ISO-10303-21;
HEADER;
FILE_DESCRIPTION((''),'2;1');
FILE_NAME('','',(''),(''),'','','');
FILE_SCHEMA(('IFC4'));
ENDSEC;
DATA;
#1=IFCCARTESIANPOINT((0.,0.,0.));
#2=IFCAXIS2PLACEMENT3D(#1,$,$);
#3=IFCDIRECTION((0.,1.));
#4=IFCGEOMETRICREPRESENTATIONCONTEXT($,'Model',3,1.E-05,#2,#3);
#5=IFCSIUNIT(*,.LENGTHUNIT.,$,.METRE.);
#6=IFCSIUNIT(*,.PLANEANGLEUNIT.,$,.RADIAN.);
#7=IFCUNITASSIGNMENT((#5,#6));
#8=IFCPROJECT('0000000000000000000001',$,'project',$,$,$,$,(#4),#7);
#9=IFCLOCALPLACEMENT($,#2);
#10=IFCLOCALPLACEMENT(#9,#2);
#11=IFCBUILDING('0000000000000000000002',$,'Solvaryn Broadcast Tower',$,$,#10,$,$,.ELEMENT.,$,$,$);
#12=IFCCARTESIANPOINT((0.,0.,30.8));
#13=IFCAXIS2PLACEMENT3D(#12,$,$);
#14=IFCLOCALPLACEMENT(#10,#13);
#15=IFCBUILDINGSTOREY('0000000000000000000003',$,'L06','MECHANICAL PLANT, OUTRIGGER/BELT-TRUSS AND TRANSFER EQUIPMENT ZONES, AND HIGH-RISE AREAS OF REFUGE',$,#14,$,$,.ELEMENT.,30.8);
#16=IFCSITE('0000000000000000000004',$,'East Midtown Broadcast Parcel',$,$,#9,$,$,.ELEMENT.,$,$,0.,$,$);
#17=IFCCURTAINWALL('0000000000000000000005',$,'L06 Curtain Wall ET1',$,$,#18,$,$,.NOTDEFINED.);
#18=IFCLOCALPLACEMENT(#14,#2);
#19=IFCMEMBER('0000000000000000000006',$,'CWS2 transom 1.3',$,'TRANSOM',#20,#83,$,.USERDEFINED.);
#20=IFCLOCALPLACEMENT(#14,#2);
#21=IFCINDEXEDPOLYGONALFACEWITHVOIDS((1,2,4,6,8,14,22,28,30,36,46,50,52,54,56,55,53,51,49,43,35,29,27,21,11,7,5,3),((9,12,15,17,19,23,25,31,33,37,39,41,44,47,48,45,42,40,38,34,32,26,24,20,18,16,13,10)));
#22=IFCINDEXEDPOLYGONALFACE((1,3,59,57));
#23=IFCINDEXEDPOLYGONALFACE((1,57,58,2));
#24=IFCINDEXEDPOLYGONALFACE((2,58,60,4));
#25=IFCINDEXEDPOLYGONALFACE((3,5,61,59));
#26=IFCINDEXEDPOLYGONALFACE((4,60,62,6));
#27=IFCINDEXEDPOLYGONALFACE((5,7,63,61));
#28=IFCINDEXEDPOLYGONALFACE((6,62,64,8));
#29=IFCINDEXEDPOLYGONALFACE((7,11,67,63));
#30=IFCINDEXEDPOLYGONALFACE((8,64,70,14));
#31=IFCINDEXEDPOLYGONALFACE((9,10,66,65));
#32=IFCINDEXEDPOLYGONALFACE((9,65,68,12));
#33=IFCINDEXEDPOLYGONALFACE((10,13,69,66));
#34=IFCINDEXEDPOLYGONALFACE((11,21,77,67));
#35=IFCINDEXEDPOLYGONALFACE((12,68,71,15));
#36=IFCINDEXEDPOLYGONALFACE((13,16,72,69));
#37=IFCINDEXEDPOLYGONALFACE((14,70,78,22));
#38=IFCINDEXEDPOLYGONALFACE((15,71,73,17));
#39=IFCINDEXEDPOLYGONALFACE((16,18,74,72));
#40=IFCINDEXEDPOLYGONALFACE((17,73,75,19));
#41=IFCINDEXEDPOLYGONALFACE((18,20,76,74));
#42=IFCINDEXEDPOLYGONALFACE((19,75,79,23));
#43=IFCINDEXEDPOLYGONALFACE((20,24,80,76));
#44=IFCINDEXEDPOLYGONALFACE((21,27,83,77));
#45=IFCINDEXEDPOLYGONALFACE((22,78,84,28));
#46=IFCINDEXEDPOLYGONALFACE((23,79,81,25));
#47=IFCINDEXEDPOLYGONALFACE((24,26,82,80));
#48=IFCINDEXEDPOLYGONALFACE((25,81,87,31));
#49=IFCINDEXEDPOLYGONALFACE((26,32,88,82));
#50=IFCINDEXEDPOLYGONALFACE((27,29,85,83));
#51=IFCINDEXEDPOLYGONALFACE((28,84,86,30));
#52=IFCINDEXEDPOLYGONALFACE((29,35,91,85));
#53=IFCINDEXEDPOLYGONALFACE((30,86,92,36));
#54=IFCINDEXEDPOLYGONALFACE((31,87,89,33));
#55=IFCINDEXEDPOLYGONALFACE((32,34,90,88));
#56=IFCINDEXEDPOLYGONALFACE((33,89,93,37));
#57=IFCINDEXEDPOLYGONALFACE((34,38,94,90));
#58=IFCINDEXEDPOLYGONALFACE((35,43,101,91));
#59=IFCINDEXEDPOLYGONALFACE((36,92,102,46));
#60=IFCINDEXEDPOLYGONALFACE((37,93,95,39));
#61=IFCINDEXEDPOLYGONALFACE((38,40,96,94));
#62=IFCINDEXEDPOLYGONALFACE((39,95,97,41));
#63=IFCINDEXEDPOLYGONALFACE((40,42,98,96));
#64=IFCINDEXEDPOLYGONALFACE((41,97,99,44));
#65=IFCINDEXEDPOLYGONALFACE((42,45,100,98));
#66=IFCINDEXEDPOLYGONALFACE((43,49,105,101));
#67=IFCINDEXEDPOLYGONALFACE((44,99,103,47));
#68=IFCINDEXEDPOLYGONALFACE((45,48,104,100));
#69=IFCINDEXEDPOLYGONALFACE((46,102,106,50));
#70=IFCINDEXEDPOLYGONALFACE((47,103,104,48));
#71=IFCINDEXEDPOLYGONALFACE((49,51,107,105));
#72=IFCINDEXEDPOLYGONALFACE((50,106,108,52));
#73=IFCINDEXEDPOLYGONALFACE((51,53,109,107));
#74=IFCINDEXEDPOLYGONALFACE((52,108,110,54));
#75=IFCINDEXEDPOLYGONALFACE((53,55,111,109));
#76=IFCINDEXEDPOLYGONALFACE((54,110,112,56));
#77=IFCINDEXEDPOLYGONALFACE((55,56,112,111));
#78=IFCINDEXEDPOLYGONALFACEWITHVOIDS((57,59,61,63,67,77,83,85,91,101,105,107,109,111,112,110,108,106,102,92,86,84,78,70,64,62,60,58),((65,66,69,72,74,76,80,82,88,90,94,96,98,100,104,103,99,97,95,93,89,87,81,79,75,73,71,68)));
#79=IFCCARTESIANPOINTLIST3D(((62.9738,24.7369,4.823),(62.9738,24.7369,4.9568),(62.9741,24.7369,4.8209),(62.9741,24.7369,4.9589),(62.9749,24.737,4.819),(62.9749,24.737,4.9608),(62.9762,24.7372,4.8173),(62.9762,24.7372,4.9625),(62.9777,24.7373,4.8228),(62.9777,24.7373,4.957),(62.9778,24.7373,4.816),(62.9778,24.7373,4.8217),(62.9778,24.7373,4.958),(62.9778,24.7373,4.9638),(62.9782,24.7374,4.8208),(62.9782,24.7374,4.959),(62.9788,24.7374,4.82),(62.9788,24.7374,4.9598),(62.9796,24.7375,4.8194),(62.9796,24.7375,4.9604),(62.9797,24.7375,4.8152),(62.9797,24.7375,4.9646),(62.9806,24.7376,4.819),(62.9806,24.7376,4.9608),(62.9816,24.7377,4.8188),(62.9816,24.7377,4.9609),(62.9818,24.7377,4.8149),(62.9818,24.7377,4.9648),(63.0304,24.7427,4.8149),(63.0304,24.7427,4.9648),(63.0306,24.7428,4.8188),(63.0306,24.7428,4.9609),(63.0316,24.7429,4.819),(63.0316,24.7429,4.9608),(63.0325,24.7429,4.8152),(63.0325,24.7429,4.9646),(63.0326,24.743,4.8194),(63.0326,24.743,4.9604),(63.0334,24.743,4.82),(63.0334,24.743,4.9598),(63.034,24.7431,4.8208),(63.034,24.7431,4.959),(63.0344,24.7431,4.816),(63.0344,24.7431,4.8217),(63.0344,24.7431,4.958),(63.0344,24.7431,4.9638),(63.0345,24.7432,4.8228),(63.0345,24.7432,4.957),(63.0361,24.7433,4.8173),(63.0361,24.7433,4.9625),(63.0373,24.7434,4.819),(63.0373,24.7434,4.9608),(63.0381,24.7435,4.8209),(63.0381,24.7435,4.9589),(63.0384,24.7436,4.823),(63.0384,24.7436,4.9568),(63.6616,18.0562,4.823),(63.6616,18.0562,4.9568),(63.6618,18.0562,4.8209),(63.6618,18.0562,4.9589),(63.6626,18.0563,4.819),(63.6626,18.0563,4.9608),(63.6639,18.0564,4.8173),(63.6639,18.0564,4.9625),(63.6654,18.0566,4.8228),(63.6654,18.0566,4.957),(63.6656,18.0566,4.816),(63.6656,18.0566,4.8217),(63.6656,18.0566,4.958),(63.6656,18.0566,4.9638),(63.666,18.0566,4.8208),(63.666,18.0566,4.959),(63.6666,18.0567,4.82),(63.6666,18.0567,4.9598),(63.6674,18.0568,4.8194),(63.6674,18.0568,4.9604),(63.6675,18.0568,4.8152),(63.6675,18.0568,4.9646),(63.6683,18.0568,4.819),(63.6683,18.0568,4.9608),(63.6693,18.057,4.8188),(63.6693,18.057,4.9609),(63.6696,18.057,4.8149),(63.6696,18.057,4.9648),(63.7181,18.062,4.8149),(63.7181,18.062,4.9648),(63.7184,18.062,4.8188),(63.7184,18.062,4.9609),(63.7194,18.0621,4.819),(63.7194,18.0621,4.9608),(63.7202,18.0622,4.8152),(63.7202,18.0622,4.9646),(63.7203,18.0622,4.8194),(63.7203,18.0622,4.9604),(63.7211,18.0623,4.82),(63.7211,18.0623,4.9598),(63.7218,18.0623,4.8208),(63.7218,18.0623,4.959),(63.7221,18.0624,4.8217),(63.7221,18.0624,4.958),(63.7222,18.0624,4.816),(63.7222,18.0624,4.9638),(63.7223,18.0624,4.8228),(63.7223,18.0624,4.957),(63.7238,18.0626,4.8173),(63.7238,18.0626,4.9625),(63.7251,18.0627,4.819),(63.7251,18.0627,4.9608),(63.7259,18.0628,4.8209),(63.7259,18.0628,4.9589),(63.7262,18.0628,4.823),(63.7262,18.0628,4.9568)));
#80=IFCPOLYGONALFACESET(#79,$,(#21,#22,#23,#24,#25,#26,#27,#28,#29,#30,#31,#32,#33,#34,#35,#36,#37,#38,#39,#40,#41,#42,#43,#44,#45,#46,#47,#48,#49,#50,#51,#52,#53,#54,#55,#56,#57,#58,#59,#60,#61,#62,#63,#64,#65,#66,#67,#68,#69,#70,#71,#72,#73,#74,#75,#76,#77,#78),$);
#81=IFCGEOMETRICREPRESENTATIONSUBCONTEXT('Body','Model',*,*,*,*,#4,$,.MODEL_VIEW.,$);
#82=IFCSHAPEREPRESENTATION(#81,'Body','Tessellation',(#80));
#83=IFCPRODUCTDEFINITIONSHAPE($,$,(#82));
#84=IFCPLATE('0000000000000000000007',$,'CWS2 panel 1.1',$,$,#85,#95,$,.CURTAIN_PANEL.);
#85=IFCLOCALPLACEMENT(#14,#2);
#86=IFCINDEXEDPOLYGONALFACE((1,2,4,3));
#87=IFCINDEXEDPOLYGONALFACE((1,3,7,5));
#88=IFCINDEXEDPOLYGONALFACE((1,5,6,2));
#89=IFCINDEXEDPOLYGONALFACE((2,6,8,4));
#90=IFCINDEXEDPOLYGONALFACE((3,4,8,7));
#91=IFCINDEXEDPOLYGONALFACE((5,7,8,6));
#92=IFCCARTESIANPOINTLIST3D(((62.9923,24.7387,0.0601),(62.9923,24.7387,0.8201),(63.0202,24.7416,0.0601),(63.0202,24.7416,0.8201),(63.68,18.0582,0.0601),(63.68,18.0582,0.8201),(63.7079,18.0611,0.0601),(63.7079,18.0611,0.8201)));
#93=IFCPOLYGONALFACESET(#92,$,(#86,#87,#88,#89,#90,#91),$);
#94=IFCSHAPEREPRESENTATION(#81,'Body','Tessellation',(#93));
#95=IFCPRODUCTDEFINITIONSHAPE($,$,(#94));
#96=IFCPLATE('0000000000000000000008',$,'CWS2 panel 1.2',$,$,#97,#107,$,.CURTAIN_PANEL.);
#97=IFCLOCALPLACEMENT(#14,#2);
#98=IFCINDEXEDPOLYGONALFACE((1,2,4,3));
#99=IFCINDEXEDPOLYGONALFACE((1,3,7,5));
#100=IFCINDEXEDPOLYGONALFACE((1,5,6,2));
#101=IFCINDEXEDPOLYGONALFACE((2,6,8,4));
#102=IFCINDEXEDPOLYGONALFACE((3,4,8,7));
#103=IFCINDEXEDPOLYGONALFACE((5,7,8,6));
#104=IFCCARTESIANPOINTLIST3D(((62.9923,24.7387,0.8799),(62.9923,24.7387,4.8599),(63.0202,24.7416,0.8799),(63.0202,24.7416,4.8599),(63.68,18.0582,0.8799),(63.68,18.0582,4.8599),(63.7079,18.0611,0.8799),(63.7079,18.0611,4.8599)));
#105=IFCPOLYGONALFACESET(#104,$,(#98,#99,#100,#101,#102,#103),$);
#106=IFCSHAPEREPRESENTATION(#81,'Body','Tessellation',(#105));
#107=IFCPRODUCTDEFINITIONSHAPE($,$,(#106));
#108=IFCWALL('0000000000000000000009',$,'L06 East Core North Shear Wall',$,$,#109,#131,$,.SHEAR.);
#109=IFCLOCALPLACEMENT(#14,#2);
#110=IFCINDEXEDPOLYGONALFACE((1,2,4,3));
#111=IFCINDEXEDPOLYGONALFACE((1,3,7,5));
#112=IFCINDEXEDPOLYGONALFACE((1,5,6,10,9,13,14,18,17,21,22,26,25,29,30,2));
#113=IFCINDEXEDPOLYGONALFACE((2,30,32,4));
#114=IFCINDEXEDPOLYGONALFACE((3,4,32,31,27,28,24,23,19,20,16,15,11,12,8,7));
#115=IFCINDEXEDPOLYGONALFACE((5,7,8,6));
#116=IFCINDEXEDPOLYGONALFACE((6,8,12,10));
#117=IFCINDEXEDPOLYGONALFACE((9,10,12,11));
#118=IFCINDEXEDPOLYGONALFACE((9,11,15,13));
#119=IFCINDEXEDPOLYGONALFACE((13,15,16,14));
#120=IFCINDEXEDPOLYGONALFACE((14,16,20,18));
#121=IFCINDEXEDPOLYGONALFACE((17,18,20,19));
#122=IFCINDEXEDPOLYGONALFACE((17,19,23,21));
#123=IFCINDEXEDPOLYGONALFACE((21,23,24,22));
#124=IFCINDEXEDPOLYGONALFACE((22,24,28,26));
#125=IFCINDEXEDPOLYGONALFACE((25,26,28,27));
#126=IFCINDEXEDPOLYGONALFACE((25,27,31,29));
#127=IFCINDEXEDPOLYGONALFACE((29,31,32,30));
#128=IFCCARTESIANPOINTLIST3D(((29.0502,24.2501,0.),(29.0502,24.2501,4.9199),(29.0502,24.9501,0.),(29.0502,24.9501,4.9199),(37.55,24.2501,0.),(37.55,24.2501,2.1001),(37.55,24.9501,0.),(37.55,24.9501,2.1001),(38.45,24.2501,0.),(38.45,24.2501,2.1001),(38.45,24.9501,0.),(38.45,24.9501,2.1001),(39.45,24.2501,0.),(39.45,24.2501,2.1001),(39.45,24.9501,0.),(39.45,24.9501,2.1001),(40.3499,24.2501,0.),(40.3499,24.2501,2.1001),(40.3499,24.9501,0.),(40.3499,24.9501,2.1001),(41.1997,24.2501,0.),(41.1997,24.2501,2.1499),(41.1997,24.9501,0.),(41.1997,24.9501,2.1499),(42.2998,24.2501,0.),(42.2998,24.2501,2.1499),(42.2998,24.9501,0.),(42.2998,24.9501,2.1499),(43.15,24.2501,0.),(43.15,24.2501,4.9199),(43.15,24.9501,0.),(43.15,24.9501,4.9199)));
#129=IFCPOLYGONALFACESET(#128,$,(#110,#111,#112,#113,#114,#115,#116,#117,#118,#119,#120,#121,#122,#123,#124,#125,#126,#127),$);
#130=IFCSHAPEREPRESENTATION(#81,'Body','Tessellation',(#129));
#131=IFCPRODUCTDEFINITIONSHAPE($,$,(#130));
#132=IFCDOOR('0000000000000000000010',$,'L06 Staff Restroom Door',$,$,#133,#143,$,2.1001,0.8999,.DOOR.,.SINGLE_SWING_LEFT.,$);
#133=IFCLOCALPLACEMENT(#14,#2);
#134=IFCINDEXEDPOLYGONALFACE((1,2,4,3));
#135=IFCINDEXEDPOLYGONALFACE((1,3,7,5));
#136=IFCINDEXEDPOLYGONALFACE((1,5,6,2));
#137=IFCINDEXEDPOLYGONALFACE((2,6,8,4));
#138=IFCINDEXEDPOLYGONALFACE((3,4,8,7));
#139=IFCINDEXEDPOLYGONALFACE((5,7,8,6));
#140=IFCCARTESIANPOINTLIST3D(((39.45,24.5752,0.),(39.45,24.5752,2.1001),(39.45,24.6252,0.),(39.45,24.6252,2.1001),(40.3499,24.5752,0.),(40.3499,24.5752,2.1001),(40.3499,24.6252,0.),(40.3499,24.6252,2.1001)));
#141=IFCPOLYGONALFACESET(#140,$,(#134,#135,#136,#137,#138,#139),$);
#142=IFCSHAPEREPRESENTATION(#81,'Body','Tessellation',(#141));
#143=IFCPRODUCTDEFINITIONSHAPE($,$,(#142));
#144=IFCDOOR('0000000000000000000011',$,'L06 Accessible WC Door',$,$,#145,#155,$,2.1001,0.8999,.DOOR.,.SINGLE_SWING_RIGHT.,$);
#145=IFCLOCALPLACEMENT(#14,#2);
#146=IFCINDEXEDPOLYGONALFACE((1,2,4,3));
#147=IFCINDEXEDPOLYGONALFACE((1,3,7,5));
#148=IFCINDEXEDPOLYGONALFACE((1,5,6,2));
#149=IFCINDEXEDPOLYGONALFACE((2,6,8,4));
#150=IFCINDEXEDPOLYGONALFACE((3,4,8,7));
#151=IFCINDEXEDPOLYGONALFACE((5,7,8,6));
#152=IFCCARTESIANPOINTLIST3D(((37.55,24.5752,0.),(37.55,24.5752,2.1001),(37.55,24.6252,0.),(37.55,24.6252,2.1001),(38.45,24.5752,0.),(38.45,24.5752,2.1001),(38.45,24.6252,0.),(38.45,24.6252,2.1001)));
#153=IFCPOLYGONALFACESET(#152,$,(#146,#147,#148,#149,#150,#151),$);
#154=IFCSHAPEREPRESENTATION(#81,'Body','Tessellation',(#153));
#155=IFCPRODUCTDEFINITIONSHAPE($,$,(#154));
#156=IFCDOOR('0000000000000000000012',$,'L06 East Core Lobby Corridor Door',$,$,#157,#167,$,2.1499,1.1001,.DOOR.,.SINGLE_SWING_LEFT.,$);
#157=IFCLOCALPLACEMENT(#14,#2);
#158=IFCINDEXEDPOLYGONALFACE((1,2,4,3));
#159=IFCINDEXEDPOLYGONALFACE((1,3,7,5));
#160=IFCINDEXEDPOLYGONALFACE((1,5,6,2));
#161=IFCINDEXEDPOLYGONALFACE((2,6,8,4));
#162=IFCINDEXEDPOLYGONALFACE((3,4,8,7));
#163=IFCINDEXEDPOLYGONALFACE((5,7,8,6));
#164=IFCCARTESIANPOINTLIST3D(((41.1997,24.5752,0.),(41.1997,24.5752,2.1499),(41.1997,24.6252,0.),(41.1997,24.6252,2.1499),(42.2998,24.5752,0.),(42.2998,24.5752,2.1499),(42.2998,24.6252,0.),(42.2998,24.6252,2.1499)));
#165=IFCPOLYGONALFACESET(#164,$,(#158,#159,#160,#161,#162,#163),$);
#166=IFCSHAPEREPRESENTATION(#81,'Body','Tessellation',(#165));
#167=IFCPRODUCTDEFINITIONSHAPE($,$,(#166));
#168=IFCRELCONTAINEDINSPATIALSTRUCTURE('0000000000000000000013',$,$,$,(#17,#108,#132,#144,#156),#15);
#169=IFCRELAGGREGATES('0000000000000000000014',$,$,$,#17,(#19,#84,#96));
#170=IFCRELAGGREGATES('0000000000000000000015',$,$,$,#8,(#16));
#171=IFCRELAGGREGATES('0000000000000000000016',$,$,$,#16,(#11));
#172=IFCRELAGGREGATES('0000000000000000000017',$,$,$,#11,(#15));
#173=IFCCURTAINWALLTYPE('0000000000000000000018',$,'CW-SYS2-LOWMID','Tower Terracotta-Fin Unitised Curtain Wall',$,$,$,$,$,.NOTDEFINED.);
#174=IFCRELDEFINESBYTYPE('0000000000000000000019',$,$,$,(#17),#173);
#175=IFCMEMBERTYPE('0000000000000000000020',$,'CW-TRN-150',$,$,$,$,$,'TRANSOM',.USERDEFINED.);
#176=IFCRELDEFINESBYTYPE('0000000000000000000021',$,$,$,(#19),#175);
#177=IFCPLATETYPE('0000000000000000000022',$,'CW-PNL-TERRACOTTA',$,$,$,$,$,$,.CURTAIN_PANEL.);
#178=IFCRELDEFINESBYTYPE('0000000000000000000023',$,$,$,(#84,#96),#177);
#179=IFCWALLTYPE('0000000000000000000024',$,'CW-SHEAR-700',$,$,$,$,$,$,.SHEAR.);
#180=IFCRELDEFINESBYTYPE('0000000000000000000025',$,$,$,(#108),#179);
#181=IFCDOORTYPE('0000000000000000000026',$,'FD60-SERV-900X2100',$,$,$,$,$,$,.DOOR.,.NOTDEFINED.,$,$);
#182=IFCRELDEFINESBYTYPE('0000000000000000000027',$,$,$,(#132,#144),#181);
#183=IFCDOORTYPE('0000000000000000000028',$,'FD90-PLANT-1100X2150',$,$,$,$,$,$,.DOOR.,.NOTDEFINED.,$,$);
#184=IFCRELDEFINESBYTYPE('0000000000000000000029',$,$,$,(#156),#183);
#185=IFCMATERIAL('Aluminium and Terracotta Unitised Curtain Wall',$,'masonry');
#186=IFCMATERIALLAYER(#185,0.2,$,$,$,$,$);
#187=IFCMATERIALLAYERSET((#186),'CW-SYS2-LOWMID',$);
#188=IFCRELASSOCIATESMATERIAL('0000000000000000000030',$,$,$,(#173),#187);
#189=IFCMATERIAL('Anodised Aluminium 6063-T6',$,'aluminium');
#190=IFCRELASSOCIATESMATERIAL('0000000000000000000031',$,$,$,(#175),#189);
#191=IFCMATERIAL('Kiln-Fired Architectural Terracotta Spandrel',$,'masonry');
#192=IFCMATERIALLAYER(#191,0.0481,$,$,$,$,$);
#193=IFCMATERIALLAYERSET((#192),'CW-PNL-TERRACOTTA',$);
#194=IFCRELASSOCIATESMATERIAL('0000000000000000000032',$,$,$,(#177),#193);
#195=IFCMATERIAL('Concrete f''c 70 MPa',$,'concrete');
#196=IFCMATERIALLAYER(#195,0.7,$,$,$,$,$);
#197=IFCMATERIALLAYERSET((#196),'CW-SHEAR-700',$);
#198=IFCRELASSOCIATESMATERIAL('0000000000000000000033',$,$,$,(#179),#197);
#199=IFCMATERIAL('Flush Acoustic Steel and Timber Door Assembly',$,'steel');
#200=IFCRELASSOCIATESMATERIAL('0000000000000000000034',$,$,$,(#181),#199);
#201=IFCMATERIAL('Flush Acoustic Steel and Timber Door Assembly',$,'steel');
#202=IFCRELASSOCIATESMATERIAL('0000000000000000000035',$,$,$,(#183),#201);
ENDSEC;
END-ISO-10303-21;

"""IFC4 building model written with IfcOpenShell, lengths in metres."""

from ifc_helpers import new_model, si_unit, direction, frame, frame_2d, origin, origin_2d, place, context, subcontext, project, spatial, rectangle, hollow_rectangle, extrude, material, layer, layer_set, material_profile, profile_set, type_object, element, fill, aggregate, save


model = new_model("IFC4")

# Units and contexts
model_context = context("Model", 3, precision=1e-05, world=origin(), true_north=direction((0.0, 1.0)))
body_context = subcontext(model_context, "Body", "Model", "MODEL_VIEW")
ifc_project = project(units=[si_unit("LENGTHUNIT", "METRE"), si_unit("PLANEANGLEUNIT", "RADIAN")], contexts=[model_context])

# Site, building, storey
site_placement = place(None, origin())
site = spatial("IfcSite", under=ifc_project, at=site_placement, Name="East Midtown Broadcast Parcel", CompositionType="ELEMENT", RefElevation=0.0)
building_placement = place(site_placement, origin())
building = spatial("IfcBuilding", under=site, at=building_placement, Name="Solvaryn Broadcast Tower", CompositionType="ELEMENT")
storey_placement = place(building_placement, frame((0.0, 0.0, 30.8)))
storey = spatial("IfcBuildingStorey", under=building, at=storey_placement, Name="L06", Description="MECHANICAL PLANT, OUTRIGGER/BELT-TRUSS AND TRANSFER EQUIPMENT ZONES, AND HIGH-RISE AREAS OF REFUGE", CompositionType="ELEMENT", Elevation=30.8)

# Curtain wall, member, plates
ifc_material_1 = material(Name="Aluminium and Terracotta Unitised Curtain Wall", Category="masonry")
ifc_layer_1 = layer(ifc_material_1, 0.2)
ifc_layer_set_1 = layer_set([ifc_layer_1], Name="CW-SYS2-LOWMID")
curtain_wall_type = type_object("IfcCurtainWallType", Name="CW-SYS2-LOWMID", Description="Tower Terracotta-Fin Unitised Curtain Wall", PredefinedType="NOTDEFINED", material=ifc_layer_set_1)
curtain_wall_placement = place(storey_placement, origin())
curtain_wall = element("IfcCurtainWall", 1, at=curtain_wall_placement, inside=storey, type_object=curtain_wall_type, Name="L06 Curtain Wall ET1", PredefinedType="NOTDEFINED")
ifc_material_2 = material(Name="Anodised Aluminium 6063-T6", Category="aluminium")
ifc_material_profile_1 = material_profile(ifc_material_2, hollow_rectangle(XDim=0.0649, YDim=0.1499, WallThickness=0.0039, InnerFilletRadius=0.0039, OuterFilletRadius=0.0081, at=origin_2d()))
ifc_profile_set_1 = profile_set([ifc_material_profile_1], Name="Anodised Aluminium 6063-T6")
member_type_1 = type_object("IfcMemberType", Name="CW-TRN-150", ElementType="TRANSOM", PredefinedType="USERDEFINED", material=ifc_profile_set_1)
member_1_placement = place(storey_placement, frame((63.0061, 24.7402, 4.8899), z_axis=(0.102404, -0.994743, 0.0), x_axis=(0.994743, 0.102404, 0.0)))
member_1 = element("IfcMember", 2, at=member_1_placement, type_object=member_type_1, Name="CWS2 transom 1.3", ObjectType="TRANSOM", PredefinedType="USERDEFINED", context=body_context, shape_type="SweptSolid", body=[
    extrude(hollow_rectangle(XDim=0.0649, YDim=0.1499, WallThickness=0.0039, InnerFilletRadius=0.0039, OuterFilletRadius=0.0081, at=origin_2d()), origin(), (0.0, 0.0, 1.0), 6.7161),
])
ifc_material_3 = material(Name="Kiln-Fired Architectural Terracotta Spandrel", Category="masonry")
ifc_layer_2 = layer(ifc_material_3, 0.0481)
ifc_layer_set_2 = layer_set([ifc_layer_2], Name="CW-PNL-TERRACOTTA")
plate_type = type_object("IfcPlateType", Name="CW-PNL-TERRACOTTA", PredefinedType="CURTAIN_PANEL", material=ifc_layer_set_2)
plate_1_placement = place(storey_placement, frame((63.3501, 21.3999, 0.0601), z_axis=(0.0, 0.0, 1.0), x_axis=(0.1024, -0.994743, 0.0)))
plate_1 = element("IfcPlate", 3, at=plate_1_placement, type_object=plate_type, Name="CWS2 panel 1.1", PredefinedType="CURTAIN_PANEL", context=body_context, shape_type="SweptSolid", body=[
    extrude(rectangle(XDim=6.7158, YDim=0.0281, at=origin_2d()), origin(), (0.0, 0.0, 1.0), 0.76),
])
plate_2_placement = place(storey_placement, frame((63.3501, 21.3999, 0.8799), z_axis=(0.0, 0.0, 1.0), x_axis=(0.1024, -0.994743, 0.0)))
plate_2 = element("IfcPlate", 4, at=plate_2_placement, type_object=plate_type, Name="CWS2 panel 1.2", PredefinedType="CURTAIN_PANEL", context=body_context, shape_type="SweptSolid", body=[
    extrude(rectangle(XDim=6.7158, YDim=0.0281, at=origin_2d()), origin(), (0.0, 0.0, 1.0), 3.98),
])
aggregate(curtain_wall, [member_1, plate_1, plate_2])

# Wall, openings, doors
ifc_material_4 = material(Name="Concrete f'c 70 MPa", Category="concrete")
ifc_layer_3 = layer(ifc_material_4, 0.7)
ifc_layer_set_3 = layer_set([ifc_layer_3], Name="CW-SHEAR-700")
wall_type_1 = type_object("IfcWallType", Name="CW-SHEAR-700", PredefinedType="SHEAR", material=ifc_layer_set_3)
wall_1_placement = place(storey_placement, frame((43.1499, 24.6001, 0.0), z_axis=(0.0, 0.0, 1.0), x_axis=(-1.0, 0.0, 0.0)))
wall_1 = element("IfcWall", 5, at=wall_1_placement, inside=storey, type_object=wall_type_1, Name="L06 East Core North Shear Wall", PredefinedType="SHEAR", context=body_context, shape_type="SweptSolid", body=[
    extrude(rectangle(XDim=14.0999, YDim=0.7, at=frame_2d((7.0498, 0.0))), origin(), (0.0, 0.0, 1.0), 4.9199),
])
opening_1_placement = place(wall_1_placement, frame((0.8501, 0.0, 0.0)))
opening_1 = element("IfcOpeningElement", 6, at=opening_1_placement, cuts=wall_1, PredefinedType="OPENING", context=body_context, shape_type="SweptSolid", body=[
    extrude(rectangle(XDim=1.1001, YDim=2.1499, at=frame_2d((0.55, 1.075))), frame((0.0, 0.3601, 0.0), z_axis=(0.0, -1.0, 0.0), x_axis=(1.0, 0.0, 0.0)), (0.0, 0.0, 1.0), 0.72),
])
opening_2_placement = place(wall_1_placement, frame((2.8, 0.0, 0.0)))
opening_2 = element("IfcOpeningElement", 7, at=opening_2_placement, cuts=wall_1, PredefinedType="OPENING", context=body_context, shape_type="SweptSolid", body=[
    extrude(rectangle(XDim=0.8999, YDim=2.1001, at=frame_2d((0.45, 1.05))), frame((0.0, 0.3601, 0.0), z_axis=(0.0, -1.0, 0.0), x_axis=(1.0, 0.0, 0.0)), (0.0, 0.0, 1.0), 0.72),
])
opening_3_placement = place(wall_1_placement, frame((4.7, 0.0, 0.0)))
opening_3 = element("IfcOpeningElement", 8, at=opening_3_placement, cuts=wall_1, PredefinedType="OPENING", context=body_context, shape_type="SweptSolid", body=[
    extrude(rectangle(XDim=0.8999, YDim=2.1001, at=frame_2d((0.45, 1.05))), frame((0.0, 0.3601, 0.0), z_axis=(0.0, -1.0, 0.0), x_axis=(1.0, 0.0, 0.0)), (0.0, 0.0, 1.0), 0.72),
])
ifc_material_5 = material(Name="Flush Acoustic Steel and Timber Door Assembly", Category="steel")
door_type_1 = type_object("IfcDoorType", Name="FD60-SERV-900X2100", OperationType="NOTDEFINED", PredefinedType="DOOR", material=ifc_material_5)
door_1_placement = place(opening_2_placement, origin())
door_1 = element("IfcDoor", 9, at=door_1_placement, inside=storey, type_object=door_type_1, Name="L06 Staff Restroom Door", OperationType="SINGLE_SWING_LEFT", OverallHeight=2.1001, OverallWidth=0.8999, PredefinedType="DOOR", context=body_context, shape_type="SweptSolid", body=[
    extrude(rectangle(XDim=0.8999, YDim=2.1001, at=frame_2d((0.45, 1.05))), frame((0.0, 0.0249, 0.0), z_axis=(0.0, -1.0, 0.0), x_axis=(1.0, 0.0, 0.0)), (0.0, 0.0, 1.0), 0.05),
])
fill(opening_2, door_1)
door_2_placement = place(opening_3_placement, origin())
door_2 = element("IfcDoor", 10, at=door_2_placement, inside=storey, type_object=door_type_1, Name="L06 Accessible WC Door", OperationType="SINGLE_SWING_RIGHT", OverallHeight=2.1001, OverallWidth=0.8999, PredefinedType="DOOR", context=body_context, shape_type="SweptSolid", body=[
    extrude(rectangle(XDim=0.8999, YDim=2.1001, at=frame_2d((0.45, 1.05))), frame((0.0, 0.0249, 0.0), z_axis=(0.0, -1.0, 0.0), x_axis=(1.0, 0.0, 0.0)), (0.0, 0.0, 1.0), 0.05),
])
fill(opening_3, door_2)
ifc_material_6 = material(Name="Flush Acoustic Steel and Timber Door Assembly", Category="steel")
door_type_2 = type_object("IfcDoorType", Name="FD90-PLANT-1100X2150", OperationType="NOTDEFINED", PredefinedType="DOOR", material=ifc_material_6)
door_3_placement = place(opening_1_placement, origin())
door_3 = element("IfcDoor", 11, at=door_3_placement, inside=storey, type_object=door_type_2, Name="L06 East Core Lobby Corridor Door", OperationType="SINGLE_SWING_LEFT", OverallHeight=2.1499, OverallWidth=1.1001, PredefinedType="DOOR", context=body_context, shape_type="SweptSolid", body=[
    extrude(rectangle(XDim=1.1001, YDim=2.1499, at=frame_2d((0.55, 1.075))), frame((0.0, 0.0249, 0.0), z_axis=(0.0, -1.0, 0.0), x_axis=(1.0, 0.0, 0.0)), (0.0, 0.0, 1.0), 0.05),
])
fill(opening_1, door_3)

save(model, "model.ifc")
